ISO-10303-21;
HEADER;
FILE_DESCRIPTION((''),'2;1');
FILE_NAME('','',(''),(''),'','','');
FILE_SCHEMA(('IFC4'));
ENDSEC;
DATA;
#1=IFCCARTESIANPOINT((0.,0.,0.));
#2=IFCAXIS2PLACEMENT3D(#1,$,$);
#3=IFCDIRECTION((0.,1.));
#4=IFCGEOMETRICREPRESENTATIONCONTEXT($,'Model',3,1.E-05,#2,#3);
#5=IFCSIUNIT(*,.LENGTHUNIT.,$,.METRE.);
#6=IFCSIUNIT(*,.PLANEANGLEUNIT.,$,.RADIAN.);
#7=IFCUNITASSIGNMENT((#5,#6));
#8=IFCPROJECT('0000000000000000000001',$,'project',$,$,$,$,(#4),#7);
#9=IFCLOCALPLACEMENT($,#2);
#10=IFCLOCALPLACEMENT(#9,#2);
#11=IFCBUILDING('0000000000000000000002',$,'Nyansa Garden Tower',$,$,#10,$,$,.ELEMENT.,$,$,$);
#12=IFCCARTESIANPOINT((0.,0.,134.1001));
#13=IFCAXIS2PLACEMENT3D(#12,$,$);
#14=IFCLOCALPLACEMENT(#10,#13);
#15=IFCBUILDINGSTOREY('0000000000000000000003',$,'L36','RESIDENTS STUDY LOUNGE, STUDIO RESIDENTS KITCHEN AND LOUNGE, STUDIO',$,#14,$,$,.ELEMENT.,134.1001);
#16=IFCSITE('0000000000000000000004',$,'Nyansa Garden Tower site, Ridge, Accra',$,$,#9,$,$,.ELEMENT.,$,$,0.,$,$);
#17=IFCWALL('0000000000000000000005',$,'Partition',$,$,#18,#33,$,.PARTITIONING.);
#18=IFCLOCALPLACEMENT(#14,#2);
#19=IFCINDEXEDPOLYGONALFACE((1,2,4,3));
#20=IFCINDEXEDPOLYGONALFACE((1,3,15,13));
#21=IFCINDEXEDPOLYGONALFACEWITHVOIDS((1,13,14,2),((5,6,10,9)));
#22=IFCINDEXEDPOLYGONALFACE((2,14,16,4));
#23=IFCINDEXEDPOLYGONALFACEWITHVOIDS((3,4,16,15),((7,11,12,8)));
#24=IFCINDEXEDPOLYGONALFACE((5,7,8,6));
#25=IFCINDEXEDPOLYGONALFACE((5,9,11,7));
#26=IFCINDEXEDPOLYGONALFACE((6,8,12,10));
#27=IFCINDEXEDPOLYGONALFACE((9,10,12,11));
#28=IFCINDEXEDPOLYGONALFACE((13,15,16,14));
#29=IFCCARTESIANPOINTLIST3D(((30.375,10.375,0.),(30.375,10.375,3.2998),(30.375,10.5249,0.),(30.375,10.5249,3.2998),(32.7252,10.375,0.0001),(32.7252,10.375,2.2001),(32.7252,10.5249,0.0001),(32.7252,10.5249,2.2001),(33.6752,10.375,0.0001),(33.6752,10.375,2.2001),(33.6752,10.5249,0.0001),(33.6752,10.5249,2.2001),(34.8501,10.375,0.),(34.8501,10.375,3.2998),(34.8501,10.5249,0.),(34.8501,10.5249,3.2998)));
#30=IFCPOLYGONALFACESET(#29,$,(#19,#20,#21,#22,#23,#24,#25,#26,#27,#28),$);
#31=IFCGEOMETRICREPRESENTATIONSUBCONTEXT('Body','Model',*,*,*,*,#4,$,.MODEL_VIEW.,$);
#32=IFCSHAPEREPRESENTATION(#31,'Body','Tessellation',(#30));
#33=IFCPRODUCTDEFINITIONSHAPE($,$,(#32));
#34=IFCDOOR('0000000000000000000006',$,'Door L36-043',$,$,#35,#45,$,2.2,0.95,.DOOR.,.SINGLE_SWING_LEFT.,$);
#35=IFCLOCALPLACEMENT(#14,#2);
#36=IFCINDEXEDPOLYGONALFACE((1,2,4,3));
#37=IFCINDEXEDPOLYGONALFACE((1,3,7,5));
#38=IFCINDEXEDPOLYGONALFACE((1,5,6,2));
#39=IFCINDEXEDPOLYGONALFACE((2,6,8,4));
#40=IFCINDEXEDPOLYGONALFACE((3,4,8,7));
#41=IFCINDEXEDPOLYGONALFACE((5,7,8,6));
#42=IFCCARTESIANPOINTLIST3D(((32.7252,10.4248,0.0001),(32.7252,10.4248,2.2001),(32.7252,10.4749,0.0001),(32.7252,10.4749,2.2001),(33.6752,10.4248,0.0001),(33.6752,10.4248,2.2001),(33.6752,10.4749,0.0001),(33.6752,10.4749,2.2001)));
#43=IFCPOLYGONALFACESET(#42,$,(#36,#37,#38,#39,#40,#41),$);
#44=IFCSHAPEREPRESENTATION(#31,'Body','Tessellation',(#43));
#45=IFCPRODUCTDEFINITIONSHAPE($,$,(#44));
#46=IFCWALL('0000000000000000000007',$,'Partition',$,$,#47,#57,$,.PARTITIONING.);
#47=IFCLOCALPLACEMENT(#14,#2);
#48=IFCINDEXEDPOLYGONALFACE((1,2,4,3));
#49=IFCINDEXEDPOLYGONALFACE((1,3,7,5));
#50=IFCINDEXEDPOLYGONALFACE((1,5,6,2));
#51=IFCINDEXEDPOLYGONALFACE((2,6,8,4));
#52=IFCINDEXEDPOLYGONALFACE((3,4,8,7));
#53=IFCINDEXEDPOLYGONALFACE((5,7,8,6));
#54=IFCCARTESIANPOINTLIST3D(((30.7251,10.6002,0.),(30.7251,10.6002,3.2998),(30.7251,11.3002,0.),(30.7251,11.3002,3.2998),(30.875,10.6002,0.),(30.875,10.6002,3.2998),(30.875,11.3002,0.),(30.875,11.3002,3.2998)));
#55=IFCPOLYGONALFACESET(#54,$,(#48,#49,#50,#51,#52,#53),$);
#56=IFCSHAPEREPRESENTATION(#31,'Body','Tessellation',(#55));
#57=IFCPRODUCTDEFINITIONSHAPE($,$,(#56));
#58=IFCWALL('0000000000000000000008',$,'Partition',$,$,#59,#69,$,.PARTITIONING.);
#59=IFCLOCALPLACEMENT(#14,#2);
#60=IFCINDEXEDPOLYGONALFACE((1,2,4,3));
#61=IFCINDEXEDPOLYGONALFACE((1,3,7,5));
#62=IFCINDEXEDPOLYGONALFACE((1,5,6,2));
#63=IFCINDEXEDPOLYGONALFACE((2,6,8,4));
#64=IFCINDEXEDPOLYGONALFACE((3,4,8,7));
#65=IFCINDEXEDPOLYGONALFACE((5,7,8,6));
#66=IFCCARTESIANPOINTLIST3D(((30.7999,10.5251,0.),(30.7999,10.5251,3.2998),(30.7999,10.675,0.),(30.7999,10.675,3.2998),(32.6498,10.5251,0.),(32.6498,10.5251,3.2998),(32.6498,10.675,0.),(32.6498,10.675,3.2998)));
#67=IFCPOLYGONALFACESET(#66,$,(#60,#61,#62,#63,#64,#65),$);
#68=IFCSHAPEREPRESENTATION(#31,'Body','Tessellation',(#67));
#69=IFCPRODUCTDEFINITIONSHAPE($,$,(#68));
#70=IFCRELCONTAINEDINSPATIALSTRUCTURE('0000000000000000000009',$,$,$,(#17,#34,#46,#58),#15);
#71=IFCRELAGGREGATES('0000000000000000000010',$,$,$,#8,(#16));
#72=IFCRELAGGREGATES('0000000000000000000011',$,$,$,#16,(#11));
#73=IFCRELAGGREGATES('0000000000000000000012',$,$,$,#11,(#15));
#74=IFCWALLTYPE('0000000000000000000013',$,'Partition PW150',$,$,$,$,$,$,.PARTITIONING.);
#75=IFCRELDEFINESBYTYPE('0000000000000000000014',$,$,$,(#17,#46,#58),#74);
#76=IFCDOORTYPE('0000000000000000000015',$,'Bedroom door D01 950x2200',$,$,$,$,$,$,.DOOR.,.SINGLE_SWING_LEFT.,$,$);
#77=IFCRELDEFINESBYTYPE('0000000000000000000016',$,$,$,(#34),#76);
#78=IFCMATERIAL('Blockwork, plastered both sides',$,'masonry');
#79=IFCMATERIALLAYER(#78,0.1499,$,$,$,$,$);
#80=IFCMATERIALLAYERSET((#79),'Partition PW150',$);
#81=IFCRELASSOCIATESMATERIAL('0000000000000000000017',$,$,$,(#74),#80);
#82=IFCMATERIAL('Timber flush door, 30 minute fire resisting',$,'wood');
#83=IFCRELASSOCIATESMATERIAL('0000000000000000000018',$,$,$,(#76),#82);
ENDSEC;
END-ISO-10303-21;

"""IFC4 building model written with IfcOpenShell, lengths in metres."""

from ifc_helpers import new_model, si_unit, direction, frame, frame_2d, origin, place, context, subcontext, project, spatial, rectangle, extrude, material, layer, layer_set, type_object, element, fill, save


model = new_model("IFC4")

# Units and contexts
model_context = context("Model", 3, precision=1e-05, world=origin(), true_north=direction((0.0, 1.0)))
body_context = subcontext(model_context, "Body", "Model", "MODEL_VIEW")
ifc_project = project(units=[si_unit("LENGTHUNIT", "METRE"), si_unit("PLANEANGLEUNIT", "RADIAN")], contexts=[model_context])

# Site, building, storey
site_placement = place(None, origin())
site = spatial("IfcSite", under=ifc_project, at=site_placement, Name="Nyansa Garden Tower site, Ridge, Accra", CompositionType="ELEMENT", RefElevation=0.0)
building_placement = place(site_placement, origin())
building = spatial("IfcBuilding", under=site, at=building_placement, Name="Nyansa Garden Tower", CompositionType="ELEMENT")
storey_placement = place(building_placement, frame((0.0, 0.0, 134.1001)))
storey = spatial("IfcBuildingStorey", under=building, at=storey_placement, Name="L36", Description="RESIDENTS STUDY LOUNGE, STUDIO RESIDENTS KITCHEN AND LOUNGE, STUDIO", CompositionType="ELEMENT", Elevation=134.1001)

# Shared definitions
ifc_material_1 = material(Name="Blockwork, plastered both sides", Category="masonry")
ifc_layer_1 = layer(ifc_material_1, 0.1499)
ifc_layer_set_1 = layer_set([ifc_layer_1], Name="Partition PW150")
wall_type_1 = type_object("IfcWallType", Name="Partition PW150", PredefinedType="PARTITIONING", material=ifc_layer_set_1)

# Wall, opening, door
wall_1_placement = place(storey_placement, frame((30.375, 10.45, 0.0), z_axis=(0.0, 0.0, 1.0), x_axis=(1.0, 0.0, 0.0)))
wall_1 = element("IfcWall", 1, at=wall_1_placement, inside=storey, type_object=wall_type_1, Name="Partition", PredefinedType="PARTITIONING", context=body_context, shape_type="SweptSolid", body=[
    extrude(rectangle(XDim=4.4751, YDim=0.1499, at=frame_2d((2.2375, 0.0))), origin(), (0.0, 0.0, 1.0), 3.2998),
])
opening_1_placement = place(wall_1_placement, frame((2.3501, 0.0, 0.0)))
opening_1 = element("IfcOpeningElement", 2, at=opening_1_placement, cuts=wall_1, PredefinedType="OPENING", context=body_context, shape_type="SweptSolid", body=[
    extrude(rectangle(XDim=0.95, YDim=2.2, at=frame_2d((0.4751, 1.1001))), frame((0.0, 0.085, 0.0), z_axis=(0.0, -1.0, 0.0), x_axis=(1.0, 0.0, 0.0)), (0.0, 0.0, 1.0), 0.1699),
])
ifc_material_2 = material(Name="Timber flush door, 30 minute fire resisting", Category="wood")
door_type_1 = type_object("IfcDoorType", Name="Bedroom door D01 950x2200", OperationType="SINGLE_SWING_LEFT", PredefinedType="DOOR", material=ifc_material_2)
door_1_placement = place(opening_1_placement, origin())
door_1 = element("IfcDoor", 3, at=door_1_placement, inside=storey, type_object=door_type_1, Name="Door L36-043", OperationType="SINGLE_SWING_LEFT", OverallHeight=2.2, OverallWidth=0.95, PredefinedType="DOOR", context=body_context, shape_type="SweptSolid", body=[
    extrude(rectangle(XDim=0.95, YDim=2.2, at=frame_2d((0.4751, 1.1001))), frame((0.0, 0.0249, 0.0), z_axis=(0.0, -1.0, 0.0), x_axis=(1.0, 0.0, 0.0)), (0.0, 0.0, 1.0), 0.05),
])
fill(opening_1, door_1)

# Walls
wall_2_placement = place(storey_placement, frame((30.8, 10.6001, 0.0), z_axis=(0.0, 0.0, 1.0), x_axis=(0.0, 1.0, 0.0)))
element("IfcWall", 4, at=wall_2_placement, inside=storey, type_object=wall_type_1, Name="Partition", PredefinedType="PARTITIONING", context=body_context, shape_type="SweptSolid", body=[
    extrude(rectangle(XDim=0.7, YDim=0.1499, at=frame_2d((0.3501, 0.0))), origin(), (0.0, 0.0, 1.0), 3.2998),
])
wall_3_placement = place(storey_placement, frame((30.8, 10.6001, 0.0), z_axis=(0.0, 0.0, 1.0), x_axis=(1.0, 0.0, 0.0)))
element("IfcWall", 5, at=wall_3_placement, inside=storey, type_object=wall_type_1, Name="Partition", PredefinedType="PARTITIONING", context=body_context, shape_type="SweptSolid", body=[
    extrude(rectangle(XDim=1.8499, YDim=0.1499, at=frame_2d((0.9248, 0.0))), origin(), (0.0, 0.0, 1.0), 3.2998),
])

save(model, "model.ifc")
